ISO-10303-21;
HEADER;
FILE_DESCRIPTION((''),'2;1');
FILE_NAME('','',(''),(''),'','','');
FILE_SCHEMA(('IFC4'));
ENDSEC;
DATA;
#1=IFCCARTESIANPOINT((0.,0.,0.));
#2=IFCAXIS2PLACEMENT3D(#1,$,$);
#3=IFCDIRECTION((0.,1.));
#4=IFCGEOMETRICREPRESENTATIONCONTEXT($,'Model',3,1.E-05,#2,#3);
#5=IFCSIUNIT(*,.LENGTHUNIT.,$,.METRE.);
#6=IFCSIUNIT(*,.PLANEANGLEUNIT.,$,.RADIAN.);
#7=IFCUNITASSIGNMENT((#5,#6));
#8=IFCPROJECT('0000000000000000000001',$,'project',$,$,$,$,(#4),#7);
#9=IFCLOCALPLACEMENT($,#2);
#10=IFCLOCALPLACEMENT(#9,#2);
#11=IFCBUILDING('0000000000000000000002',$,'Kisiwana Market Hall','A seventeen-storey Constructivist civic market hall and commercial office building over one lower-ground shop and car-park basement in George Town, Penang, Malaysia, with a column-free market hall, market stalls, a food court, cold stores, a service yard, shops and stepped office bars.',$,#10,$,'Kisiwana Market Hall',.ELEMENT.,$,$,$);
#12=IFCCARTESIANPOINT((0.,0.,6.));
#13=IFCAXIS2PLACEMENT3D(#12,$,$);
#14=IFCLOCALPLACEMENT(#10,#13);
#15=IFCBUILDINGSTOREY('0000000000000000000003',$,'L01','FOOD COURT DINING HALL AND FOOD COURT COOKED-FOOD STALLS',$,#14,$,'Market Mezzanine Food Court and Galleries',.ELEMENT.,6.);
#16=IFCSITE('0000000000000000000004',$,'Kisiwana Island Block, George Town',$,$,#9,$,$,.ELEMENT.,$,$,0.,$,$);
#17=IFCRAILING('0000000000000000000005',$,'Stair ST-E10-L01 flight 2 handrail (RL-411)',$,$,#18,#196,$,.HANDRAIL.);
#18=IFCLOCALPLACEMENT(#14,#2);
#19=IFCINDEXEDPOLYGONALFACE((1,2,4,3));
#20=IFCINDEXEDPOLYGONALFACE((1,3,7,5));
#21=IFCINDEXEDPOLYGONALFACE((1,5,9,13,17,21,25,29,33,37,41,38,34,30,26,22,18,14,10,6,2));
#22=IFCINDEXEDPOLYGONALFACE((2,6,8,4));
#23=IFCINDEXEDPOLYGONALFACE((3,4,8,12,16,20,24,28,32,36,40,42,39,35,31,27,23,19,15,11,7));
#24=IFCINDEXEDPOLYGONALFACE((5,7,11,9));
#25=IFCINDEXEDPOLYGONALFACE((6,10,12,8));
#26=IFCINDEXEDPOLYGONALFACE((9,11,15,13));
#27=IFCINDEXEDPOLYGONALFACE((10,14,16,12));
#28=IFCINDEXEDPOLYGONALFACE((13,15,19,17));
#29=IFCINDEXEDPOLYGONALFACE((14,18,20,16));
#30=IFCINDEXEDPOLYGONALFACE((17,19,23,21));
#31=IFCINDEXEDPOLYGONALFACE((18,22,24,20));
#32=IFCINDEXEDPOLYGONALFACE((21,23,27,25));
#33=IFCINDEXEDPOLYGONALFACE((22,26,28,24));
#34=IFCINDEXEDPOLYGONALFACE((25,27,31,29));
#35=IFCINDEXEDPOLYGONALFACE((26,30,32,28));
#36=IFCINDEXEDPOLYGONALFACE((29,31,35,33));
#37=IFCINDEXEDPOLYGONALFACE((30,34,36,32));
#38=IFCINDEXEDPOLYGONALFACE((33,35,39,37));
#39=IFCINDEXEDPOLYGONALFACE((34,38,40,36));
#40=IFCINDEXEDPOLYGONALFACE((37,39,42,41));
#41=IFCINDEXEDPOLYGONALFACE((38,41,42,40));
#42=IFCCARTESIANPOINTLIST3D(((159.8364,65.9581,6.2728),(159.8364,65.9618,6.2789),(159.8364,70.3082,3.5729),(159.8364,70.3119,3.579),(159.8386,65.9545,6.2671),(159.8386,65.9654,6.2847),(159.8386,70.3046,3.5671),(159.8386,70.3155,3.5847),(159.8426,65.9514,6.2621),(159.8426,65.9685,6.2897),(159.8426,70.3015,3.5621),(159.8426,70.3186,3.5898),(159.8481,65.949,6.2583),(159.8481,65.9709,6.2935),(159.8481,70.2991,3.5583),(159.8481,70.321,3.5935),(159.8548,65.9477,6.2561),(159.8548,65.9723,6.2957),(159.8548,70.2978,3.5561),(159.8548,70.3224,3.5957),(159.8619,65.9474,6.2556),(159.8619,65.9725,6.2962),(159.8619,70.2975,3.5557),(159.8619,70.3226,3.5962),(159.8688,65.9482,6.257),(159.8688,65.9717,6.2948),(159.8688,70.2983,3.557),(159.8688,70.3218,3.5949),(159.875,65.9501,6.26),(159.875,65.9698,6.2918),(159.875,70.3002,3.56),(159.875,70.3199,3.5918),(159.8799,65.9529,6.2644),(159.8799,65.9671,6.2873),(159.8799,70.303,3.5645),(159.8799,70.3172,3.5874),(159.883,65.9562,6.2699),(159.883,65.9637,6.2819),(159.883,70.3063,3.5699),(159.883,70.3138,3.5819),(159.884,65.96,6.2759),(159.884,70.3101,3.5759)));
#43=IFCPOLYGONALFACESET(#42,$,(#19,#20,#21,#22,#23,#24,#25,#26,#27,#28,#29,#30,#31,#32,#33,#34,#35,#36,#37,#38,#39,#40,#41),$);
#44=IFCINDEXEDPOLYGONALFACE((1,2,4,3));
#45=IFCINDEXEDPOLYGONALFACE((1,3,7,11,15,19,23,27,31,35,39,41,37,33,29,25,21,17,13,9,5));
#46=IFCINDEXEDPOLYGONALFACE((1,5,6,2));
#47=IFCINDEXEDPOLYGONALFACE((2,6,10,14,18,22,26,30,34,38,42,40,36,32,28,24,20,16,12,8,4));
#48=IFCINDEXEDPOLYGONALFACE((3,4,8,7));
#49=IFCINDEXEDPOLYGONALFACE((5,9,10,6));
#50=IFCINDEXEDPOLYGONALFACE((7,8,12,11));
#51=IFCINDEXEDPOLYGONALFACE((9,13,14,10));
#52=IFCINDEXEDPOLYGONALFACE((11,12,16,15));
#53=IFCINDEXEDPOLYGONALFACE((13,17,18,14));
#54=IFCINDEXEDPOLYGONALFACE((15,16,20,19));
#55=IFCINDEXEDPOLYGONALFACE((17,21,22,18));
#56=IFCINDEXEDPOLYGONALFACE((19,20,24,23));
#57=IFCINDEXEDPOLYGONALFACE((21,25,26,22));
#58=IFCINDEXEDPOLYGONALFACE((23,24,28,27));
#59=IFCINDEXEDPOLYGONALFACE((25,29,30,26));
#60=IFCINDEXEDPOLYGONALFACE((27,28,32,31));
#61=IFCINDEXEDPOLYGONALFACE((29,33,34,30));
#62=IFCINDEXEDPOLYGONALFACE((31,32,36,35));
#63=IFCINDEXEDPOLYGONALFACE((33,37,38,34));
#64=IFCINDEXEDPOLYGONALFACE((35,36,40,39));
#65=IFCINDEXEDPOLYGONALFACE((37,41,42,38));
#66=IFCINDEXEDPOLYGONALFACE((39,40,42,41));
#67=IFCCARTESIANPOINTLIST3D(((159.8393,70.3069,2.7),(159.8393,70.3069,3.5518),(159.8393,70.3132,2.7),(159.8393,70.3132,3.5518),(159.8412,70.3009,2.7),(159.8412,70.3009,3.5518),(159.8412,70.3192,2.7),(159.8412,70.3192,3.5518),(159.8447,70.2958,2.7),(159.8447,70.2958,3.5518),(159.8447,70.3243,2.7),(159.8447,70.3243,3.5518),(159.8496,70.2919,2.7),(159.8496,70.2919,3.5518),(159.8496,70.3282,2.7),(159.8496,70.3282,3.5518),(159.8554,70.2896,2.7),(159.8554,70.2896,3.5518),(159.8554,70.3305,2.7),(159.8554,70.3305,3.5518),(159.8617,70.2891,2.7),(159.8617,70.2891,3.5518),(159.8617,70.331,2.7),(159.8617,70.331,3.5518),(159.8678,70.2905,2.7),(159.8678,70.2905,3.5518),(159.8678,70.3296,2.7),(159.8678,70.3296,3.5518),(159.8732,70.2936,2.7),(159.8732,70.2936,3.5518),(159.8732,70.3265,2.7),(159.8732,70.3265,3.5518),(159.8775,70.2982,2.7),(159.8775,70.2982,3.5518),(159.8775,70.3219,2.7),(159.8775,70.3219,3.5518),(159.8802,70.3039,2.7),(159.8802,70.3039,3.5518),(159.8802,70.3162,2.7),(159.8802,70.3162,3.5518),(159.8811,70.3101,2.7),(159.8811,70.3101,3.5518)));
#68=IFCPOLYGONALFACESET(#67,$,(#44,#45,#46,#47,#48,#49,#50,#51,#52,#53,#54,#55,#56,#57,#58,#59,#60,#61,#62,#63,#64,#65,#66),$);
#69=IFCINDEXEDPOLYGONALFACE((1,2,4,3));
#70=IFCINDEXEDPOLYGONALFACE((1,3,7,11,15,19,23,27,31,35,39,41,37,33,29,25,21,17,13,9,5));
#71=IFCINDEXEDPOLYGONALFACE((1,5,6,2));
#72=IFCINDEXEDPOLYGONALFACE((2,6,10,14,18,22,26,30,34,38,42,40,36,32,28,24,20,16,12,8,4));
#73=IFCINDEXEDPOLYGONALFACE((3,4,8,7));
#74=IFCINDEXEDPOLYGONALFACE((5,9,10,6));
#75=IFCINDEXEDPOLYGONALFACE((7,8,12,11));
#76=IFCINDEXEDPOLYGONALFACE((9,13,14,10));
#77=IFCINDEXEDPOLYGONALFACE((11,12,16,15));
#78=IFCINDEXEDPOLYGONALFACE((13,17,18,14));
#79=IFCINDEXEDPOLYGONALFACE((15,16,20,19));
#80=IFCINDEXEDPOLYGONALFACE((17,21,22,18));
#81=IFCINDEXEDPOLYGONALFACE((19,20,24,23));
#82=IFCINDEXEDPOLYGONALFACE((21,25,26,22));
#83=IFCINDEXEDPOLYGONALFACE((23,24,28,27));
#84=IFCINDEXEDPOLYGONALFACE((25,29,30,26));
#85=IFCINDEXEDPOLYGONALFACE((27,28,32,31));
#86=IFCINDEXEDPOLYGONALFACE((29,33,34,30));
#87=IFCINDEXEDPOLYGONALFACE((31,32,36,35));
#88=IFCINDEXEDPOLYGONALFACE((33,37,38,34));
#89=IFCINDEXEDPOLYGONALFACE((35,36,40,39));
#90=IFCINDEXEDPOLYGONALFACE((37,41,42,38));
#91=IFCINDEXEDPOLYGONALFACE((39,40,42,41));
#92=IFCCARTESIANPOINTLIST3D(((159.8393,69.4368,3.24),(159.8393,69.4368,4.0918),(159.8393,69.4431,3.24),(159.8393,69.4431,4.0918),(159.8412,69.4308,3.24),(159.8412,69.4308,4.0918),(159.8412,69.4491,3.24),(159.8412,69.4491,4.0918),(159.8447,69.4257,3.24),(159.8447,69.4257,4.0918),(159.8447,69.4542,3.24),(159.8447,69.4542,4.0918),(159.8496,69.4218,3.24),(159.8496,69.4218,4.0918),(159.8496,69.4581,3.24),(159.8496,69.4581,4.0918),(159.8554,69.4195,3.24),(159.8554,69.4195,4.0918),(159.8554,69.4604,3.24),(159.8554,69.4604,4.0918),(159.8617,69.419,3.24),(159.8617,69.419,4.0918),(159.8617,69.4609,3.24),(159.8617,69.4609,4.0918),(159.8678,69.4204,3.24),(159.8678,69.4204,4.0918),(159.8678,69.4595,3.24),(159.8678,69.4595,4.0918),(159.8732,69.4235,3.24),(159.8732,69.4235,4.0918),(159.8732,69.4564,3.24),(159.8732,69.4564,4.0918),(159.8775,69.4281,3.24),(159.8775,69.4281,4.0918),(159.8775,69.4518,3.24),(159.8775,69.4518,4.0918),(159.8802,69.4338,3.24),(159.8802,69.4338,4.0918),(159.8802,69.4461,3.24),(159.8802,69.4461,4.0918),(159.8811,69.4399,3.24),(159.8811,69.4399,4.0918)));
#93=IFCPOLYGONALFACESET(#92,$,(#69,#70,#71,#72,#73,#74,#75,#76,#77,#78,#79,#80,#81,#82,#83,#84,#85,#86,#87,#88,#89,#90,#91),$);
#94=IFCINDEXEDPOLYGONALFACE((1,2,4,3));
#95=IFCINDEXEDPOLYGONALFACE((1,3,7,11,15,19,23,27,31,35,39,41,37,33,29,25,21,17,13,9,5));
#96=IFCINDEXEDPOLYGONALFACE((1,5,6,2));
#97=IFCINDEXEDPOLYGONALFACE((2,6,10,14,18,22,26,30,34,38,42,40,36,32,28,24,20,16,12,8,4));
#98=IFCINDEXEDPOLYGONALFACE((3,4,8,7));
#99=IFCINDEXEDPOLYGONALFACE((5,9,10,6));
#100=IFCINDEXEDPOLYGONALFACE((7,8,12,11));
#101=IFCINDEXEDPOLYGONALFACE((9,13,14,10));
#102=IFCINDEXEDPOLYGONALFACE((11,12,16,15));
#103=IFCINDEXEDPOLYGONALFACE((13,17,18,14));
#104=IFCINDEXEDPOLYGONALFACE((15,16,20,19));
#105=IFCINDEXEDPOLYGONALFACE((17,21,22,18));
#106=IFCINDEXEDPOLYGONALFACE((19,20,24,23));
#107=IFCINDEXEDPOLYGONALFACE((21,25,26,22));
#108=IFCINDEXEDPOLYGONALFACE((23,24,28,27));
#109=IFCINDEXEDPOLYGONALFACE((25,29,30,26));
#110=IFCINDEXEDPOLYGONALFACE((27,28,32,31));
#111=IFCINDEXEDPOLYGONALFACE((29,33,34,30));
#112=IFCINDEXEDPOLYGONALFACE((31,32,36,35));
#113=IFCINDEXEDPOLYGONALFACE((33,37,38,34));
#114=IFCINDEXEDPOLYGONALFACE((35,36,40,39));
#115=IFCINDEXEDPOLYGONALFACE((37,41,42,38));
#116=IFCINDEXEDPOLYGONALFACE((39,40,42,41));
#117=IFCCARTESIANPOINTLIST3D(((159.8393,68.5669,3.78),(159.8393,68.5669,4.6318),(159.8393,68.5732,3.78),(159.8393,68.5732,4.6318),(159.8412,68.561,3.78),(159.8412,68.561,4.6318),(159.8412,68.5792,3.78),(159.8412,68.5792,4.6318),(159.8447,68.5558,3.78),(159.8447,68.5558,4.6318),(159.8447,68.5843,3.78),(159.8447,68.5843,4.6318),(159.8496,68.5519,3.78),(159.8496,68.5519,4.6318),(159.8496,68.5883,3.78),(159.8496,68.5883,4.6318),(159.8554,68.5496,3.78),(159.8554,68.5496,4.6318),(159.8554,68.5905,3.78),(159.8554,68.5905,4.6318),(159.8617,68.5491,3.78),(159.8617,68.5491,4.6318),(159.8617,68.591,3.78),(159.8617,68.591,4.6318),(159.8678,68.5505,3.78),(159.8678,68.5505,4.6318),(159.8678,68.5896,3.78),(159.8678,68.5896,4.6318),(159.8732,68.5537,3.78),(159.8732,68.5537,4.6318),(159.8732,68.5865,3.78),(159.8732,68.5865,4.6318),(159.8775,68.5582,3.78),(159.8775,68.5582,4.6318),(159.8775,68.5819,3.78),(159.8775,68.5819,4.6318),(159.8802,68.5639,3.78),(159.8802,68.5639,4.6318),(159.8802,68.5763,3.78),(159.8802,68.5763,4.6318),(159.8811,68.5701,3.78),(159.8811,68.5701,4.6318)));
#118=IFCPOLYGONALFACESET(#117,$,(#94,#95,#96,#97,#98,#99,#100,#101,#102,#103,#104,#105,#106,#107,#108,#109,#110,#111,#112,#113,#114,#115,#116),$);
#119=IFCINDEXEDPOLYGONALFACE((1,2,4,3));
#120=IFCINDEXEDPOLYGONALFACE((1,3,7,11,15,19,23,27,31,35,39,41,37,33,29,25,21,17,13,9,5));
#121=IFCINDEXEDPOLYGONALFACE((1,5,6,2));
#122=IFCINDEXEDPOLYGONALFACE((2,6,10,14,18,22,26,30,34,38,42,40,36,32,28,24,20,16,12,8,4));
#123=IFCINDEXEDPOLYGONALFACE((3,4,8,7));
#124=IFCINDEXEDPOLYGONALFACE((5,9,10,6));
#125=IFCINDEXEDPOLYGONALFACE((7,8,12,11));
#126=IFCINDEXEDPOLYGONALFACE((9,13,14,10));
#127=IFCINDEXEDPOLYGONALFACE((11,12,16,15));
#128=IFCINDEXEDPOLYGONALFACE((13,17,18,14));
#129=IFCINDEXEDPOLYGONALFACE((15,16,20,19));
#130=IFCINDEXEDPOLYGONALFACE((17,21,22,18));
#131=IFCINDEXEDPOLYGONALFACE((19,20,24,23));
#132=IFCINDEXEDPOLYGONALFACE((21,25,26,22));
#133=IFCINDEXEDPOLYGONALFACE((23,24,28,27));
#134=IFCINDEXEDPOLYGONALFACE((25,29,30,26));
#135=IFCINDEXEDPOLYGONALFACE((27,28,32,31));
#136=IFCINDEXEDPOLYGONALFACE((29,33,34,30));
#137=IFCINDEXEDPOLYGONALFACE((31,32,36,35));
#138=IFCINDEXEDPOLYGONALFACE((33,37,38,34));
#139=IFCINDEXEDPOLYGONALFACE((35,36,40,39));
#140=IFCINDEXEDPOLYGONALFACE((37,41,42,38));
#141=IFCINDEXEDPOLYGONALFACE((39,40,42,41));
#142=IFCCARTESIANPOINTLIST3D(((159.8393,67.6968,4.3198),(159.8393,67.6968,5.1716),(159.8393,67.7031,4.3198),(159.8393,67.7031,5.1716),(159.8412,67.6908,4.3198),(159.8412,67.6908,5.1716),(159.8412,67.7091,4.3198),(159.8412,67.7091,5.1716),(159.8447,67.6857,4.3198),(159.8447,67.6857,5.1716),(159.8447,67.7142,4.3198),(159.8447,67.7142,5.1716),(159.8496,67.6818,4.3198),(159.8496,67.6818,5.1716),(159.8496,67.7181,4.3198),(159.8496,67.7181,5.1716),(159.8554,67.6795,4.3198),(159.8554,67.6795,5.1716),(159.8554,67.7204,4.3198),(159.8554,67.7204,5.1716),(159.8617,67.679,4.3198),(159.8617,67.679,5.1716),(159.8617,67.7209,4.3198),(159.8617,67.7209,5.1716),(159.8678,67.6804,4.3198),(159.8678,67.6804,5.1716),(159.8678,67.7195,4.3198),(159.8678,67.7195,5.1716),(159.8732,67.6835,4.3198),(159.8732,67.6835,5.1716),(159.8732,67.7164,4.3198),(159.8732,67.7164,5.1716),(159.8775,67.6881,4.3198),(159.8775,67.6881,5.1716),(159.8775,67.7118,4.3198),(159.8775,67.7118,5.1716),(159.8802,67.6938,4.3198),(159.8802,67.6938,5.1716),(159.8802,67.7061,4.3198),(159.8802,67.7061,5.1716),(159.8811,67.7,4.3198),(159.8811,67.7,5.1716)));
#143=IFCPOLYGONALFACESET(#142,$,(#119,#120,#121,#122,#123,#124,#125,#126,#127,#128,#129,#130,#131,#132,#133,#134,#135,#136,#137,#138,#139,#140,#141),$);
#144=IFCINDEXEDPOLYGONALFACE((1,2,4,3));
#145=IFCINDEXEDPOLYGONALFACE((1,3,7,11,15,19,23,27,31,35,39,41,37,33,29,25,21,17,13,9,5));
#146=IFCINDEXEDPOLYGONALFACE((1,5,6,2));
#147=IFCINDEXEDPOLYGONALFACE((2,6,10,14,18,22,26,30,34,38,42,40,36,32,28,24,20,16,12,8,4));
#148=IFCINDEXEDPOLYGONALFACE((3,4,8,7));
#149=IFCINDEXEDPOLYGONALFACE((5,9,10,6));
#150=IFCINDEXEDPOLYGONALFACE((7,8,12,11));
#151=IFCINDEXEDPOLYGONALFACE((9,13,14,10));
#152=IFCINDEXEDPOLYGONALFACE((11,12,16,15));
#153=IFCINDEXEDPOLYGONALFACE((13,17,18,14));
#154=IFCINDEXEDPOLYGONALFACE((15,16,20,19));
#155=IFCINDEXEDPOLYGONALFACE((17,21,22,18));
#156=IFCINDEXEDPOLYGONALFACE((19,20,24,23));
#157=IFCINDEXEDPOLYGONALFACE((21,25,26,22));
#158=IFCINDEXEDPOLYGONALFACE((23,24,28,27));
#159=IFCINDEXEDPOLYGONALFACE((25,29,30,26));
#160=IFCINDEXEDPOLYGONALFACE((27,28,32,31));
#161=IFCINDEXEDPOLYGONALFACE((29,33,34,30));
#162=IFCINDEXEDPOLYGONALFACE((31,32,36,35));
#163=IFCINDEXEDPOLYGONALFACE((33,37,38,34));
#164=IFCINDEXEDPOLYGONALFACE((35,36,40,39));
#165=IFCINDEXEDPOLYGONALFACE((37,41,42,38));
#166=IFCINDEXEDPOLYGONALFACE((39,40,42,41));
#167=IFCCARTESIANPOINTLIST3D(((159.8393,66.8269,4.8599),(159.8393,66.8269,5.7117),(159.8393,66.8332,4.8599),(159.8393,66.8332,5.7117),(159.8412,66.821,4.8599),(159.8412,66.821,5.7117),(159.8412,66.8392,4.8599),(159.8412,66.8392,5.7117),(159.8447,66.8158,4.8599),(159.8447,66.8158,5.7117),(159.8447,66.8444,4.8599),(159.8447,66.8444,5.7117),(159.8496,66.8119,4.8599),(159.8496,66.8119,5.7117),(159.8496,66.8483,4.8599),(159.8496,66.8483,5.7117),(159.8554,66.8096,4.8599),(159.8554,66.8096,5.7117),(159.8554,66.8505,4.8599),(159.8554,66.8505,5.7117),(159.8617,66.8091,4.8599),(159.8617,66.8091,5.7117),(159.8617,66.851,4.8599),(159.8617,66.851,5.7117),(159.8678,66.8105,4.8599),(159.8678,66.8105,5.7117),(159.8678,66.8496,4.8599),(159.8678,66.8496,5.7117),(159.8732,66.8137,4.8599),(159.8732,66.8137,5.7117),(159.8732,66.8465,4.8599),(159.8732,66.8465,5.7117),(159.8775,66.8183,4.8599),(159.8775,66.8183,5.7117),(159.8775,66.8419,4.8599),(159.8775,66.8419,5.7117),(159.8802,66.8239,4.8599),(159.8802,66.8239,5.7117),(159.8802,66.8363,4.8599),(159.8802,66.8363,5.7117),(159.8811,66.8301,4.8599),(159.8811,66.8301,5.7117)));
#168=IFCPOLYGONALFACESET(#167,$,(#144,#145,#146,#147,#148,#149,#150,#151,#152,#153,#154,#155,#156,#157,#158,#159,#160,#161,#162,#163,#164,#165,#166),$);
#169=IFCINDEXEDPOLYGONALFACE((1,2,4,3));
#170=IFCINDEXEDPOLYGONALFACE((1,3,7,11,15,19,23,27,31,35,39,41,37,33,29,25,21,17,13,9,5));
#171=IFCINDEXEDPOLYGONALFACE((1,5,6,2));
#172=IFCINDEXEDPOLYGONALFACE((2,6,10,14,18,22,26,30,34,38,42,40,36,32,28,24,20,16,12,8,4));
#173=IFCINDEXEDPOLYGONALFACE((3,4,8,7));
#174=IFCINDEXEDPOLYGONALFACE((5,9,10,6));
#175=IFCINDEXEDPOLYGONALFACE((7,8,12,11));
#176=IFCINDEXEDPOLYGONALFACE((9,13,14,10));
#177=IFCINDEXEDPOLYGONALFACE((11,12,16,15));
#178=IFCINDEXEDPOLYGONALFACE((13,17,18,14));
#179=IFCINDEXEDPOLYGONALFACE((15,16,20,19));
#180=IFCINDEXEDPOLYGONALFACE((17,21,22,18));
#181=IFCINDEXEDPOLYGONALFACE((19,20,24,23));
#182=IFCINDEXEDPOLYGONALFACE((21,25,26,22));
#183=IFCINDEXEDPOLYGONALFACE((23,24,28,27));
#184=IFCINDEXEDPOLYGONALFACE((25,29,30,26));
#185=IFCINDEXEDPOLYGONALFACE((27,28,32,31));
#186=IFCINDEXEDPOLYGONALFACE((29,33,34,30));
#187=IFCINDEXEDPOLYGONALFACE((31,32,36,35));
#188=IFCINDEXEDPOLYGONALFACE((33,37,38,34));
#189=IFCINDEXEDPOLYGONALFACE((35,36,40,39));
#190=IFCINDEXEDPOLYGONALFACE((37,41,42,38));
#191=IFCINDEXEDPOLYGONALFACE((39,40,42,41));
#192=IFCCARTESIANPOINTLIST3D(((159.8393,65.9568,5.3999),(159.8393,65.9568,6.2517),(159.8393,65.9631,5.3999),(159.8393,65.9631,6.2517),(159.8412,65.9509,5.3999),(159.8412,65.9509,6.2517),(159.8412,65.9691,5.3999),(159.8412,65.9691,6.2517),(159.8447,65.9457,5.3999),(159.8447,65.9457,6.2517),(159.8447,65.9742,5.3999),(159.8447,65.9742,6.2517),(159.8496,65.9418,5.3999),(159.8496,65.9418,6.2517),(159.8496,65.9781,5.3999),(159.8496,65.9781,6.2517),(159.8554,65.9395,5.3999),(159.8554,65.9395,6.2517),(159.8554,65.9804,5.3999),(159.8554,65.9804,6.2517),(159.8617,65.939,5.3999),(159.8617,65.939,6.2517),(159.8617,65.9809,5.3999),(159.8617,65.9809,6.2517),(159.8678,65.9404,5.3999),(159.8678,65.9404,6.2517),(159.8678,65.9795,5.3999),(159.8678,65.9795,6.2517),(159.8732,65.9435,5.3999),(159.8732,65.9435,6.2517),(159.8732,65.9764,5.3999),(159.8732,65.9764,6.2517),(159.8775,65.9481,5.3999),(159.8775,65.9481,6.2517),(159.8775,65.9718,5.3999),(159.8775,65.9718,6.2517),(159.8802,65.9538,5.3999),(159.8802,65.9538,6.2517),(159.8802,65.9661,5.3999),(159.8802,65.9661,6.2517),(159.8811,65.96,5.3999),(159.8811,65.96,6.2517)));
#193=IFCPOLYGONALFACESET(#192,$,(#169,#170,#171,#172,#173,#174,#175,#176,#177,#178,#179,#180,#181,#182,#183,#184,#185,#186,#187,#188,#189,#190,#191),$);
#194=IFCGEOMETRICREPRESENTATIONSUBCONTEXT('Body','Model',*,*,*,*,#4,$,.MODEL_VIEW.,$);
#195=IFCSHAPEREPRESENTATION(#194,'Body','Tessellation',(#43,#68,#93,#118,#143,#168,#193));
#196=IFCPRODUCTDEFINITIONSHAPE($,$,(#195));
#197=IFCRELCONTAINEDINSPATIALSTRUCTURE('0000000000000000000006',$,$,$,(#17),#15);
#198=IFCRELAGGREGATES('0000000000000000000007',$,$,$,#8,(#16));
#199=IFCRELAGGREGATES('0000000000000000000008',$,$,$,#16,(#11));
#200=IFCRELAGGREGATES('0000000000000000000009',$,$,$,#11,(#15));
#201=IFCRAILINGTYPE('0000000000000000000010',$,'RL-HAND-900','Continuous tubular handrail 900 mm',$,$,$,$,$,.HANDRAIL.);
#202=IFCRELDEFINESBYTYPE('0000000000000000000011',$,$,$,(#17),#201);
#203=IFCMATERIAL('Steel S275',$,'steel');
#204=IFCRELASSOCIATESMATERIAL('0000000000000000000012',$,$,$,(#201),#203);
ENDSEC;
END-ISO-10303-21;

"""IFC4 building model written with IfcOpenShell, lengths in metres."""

from ifc_helpers import new_model, si_unit, direction, frame, origin, origin_2d, place, context, subcontext, project, spatial, circle, extrude, material, type_object, element, save


model = new_model("IFC4")

# Units and contexts
model_context = context("Model", 3, precision=1e-05, world=origin(), true_north=direction((0.0, 1.0)))
body_context = subcontext(model_context, "Body", "Model", "MODEL_VIEW")
ifc_project = project(units=[si_unit("LENGTHUNIT", "METRE"), si_unit("PLANEANGLEUNIT", "RADIAN")], contexts=[model_context])

# Site, building, storey
site_placement = place(None, origin())
site = spatial("IfcSite", under=ifc_project, at=site_placement, Name="Kisiwana Island Block, George Town", CompositionType="ELEMENT", RefElevation=0.0)
building_placement = place(site_placement, origin())
building = spatial("IfcBuilding", under=site, at=building_placement, Name="Kisiwana Market Hall", Description="A seventeen-storey Constructivist civic market hall and commercial office building over one lower-ground shop and car-park basement in George Town, Penang, Malaysia, with a column-free market hall, market stalls, a food court, cold stores, a service yard, shops and stepped office bars.", LongName="Kisiwana Market Hall", CompositionType="ELEMENT")
storey_placement = place(building_placement, frame((0.0, 0.0, 6.0)))
storey = spatial("IfcBuildingStorey", under=building, at=storey_placement, Name="L01", Description="FOOD COURT DINING HALL AND FOOD COURT COOKED-FOOD STALLS", LongName="Market Mezzanine Food Court and Galleries", CompositionType="ELEMENT", Elevation=6.0)

# Railing
ifc_material_1 = material(Name="Steel S275", Category="steel")
railing_type_1 = type_object("IfcRailingType", Name="RL-HAND-900", Description="Continuous tubular handrail 900 mm", PredefinedType="HANDRAIL", material=ifc_material_1)
railing_1_placement = place(storey_placement, frame((159.8601, 70.3101, 2.7)))
element("IfcRailing", 1, at=railing_1_placement, inside=storey, type_object=railing_type_1, Name="Stair ST-E10-L01 flight 2 handrail (RL-411)", PredefinedType="HANDRAIL", context=body_context, shape_type="SweptSolid", body=[
    extrude(circle(Radius=0.0239, at=origin_2d()), frame((0.0, 0.0, 0.876), z_axis=(0.0, -0.84965, 0.527347), x_axis=(1.0, 0.0, 0.0)), (0.0, 0.0, 1.0), 5.1199),
    extrude(circle(Radius=0.021, at=origin_2d()), origin(), (0.0, 0.0, 1.0), 0.8518),
    extrude(circle(Radius=0.021, at=origin_2d()), frame((0.0, -0.8701, 0.54)), (0.0, 0.0, 1.0), 0.8518),
    extrude(circle(Radius=0.021, at=origin_2d()), frame((0.0, -1.74, 1.0801)), (0.0, 0.0, 1.0), 0.8518),
    extrude(circle(Radius=0.021, at=origin_2d()), frame((0.0, -2.6101, 1.6199)), (0.0, 0.0, 1.0), 0.8518),
    extrude(circle(Radius=0.021, at=origin_2d()), frame((0.0, -3.48, 2.1599)), (0.0, 0.0, 1.0), 0.8518),
    extrude(circle(Radius=0.021, at=origin_2d()), frame((0.0, -4.3501, 2.7)), (0.0, 0.0, 1.0), 0.8518),
])

save(model, "model.ifc")
